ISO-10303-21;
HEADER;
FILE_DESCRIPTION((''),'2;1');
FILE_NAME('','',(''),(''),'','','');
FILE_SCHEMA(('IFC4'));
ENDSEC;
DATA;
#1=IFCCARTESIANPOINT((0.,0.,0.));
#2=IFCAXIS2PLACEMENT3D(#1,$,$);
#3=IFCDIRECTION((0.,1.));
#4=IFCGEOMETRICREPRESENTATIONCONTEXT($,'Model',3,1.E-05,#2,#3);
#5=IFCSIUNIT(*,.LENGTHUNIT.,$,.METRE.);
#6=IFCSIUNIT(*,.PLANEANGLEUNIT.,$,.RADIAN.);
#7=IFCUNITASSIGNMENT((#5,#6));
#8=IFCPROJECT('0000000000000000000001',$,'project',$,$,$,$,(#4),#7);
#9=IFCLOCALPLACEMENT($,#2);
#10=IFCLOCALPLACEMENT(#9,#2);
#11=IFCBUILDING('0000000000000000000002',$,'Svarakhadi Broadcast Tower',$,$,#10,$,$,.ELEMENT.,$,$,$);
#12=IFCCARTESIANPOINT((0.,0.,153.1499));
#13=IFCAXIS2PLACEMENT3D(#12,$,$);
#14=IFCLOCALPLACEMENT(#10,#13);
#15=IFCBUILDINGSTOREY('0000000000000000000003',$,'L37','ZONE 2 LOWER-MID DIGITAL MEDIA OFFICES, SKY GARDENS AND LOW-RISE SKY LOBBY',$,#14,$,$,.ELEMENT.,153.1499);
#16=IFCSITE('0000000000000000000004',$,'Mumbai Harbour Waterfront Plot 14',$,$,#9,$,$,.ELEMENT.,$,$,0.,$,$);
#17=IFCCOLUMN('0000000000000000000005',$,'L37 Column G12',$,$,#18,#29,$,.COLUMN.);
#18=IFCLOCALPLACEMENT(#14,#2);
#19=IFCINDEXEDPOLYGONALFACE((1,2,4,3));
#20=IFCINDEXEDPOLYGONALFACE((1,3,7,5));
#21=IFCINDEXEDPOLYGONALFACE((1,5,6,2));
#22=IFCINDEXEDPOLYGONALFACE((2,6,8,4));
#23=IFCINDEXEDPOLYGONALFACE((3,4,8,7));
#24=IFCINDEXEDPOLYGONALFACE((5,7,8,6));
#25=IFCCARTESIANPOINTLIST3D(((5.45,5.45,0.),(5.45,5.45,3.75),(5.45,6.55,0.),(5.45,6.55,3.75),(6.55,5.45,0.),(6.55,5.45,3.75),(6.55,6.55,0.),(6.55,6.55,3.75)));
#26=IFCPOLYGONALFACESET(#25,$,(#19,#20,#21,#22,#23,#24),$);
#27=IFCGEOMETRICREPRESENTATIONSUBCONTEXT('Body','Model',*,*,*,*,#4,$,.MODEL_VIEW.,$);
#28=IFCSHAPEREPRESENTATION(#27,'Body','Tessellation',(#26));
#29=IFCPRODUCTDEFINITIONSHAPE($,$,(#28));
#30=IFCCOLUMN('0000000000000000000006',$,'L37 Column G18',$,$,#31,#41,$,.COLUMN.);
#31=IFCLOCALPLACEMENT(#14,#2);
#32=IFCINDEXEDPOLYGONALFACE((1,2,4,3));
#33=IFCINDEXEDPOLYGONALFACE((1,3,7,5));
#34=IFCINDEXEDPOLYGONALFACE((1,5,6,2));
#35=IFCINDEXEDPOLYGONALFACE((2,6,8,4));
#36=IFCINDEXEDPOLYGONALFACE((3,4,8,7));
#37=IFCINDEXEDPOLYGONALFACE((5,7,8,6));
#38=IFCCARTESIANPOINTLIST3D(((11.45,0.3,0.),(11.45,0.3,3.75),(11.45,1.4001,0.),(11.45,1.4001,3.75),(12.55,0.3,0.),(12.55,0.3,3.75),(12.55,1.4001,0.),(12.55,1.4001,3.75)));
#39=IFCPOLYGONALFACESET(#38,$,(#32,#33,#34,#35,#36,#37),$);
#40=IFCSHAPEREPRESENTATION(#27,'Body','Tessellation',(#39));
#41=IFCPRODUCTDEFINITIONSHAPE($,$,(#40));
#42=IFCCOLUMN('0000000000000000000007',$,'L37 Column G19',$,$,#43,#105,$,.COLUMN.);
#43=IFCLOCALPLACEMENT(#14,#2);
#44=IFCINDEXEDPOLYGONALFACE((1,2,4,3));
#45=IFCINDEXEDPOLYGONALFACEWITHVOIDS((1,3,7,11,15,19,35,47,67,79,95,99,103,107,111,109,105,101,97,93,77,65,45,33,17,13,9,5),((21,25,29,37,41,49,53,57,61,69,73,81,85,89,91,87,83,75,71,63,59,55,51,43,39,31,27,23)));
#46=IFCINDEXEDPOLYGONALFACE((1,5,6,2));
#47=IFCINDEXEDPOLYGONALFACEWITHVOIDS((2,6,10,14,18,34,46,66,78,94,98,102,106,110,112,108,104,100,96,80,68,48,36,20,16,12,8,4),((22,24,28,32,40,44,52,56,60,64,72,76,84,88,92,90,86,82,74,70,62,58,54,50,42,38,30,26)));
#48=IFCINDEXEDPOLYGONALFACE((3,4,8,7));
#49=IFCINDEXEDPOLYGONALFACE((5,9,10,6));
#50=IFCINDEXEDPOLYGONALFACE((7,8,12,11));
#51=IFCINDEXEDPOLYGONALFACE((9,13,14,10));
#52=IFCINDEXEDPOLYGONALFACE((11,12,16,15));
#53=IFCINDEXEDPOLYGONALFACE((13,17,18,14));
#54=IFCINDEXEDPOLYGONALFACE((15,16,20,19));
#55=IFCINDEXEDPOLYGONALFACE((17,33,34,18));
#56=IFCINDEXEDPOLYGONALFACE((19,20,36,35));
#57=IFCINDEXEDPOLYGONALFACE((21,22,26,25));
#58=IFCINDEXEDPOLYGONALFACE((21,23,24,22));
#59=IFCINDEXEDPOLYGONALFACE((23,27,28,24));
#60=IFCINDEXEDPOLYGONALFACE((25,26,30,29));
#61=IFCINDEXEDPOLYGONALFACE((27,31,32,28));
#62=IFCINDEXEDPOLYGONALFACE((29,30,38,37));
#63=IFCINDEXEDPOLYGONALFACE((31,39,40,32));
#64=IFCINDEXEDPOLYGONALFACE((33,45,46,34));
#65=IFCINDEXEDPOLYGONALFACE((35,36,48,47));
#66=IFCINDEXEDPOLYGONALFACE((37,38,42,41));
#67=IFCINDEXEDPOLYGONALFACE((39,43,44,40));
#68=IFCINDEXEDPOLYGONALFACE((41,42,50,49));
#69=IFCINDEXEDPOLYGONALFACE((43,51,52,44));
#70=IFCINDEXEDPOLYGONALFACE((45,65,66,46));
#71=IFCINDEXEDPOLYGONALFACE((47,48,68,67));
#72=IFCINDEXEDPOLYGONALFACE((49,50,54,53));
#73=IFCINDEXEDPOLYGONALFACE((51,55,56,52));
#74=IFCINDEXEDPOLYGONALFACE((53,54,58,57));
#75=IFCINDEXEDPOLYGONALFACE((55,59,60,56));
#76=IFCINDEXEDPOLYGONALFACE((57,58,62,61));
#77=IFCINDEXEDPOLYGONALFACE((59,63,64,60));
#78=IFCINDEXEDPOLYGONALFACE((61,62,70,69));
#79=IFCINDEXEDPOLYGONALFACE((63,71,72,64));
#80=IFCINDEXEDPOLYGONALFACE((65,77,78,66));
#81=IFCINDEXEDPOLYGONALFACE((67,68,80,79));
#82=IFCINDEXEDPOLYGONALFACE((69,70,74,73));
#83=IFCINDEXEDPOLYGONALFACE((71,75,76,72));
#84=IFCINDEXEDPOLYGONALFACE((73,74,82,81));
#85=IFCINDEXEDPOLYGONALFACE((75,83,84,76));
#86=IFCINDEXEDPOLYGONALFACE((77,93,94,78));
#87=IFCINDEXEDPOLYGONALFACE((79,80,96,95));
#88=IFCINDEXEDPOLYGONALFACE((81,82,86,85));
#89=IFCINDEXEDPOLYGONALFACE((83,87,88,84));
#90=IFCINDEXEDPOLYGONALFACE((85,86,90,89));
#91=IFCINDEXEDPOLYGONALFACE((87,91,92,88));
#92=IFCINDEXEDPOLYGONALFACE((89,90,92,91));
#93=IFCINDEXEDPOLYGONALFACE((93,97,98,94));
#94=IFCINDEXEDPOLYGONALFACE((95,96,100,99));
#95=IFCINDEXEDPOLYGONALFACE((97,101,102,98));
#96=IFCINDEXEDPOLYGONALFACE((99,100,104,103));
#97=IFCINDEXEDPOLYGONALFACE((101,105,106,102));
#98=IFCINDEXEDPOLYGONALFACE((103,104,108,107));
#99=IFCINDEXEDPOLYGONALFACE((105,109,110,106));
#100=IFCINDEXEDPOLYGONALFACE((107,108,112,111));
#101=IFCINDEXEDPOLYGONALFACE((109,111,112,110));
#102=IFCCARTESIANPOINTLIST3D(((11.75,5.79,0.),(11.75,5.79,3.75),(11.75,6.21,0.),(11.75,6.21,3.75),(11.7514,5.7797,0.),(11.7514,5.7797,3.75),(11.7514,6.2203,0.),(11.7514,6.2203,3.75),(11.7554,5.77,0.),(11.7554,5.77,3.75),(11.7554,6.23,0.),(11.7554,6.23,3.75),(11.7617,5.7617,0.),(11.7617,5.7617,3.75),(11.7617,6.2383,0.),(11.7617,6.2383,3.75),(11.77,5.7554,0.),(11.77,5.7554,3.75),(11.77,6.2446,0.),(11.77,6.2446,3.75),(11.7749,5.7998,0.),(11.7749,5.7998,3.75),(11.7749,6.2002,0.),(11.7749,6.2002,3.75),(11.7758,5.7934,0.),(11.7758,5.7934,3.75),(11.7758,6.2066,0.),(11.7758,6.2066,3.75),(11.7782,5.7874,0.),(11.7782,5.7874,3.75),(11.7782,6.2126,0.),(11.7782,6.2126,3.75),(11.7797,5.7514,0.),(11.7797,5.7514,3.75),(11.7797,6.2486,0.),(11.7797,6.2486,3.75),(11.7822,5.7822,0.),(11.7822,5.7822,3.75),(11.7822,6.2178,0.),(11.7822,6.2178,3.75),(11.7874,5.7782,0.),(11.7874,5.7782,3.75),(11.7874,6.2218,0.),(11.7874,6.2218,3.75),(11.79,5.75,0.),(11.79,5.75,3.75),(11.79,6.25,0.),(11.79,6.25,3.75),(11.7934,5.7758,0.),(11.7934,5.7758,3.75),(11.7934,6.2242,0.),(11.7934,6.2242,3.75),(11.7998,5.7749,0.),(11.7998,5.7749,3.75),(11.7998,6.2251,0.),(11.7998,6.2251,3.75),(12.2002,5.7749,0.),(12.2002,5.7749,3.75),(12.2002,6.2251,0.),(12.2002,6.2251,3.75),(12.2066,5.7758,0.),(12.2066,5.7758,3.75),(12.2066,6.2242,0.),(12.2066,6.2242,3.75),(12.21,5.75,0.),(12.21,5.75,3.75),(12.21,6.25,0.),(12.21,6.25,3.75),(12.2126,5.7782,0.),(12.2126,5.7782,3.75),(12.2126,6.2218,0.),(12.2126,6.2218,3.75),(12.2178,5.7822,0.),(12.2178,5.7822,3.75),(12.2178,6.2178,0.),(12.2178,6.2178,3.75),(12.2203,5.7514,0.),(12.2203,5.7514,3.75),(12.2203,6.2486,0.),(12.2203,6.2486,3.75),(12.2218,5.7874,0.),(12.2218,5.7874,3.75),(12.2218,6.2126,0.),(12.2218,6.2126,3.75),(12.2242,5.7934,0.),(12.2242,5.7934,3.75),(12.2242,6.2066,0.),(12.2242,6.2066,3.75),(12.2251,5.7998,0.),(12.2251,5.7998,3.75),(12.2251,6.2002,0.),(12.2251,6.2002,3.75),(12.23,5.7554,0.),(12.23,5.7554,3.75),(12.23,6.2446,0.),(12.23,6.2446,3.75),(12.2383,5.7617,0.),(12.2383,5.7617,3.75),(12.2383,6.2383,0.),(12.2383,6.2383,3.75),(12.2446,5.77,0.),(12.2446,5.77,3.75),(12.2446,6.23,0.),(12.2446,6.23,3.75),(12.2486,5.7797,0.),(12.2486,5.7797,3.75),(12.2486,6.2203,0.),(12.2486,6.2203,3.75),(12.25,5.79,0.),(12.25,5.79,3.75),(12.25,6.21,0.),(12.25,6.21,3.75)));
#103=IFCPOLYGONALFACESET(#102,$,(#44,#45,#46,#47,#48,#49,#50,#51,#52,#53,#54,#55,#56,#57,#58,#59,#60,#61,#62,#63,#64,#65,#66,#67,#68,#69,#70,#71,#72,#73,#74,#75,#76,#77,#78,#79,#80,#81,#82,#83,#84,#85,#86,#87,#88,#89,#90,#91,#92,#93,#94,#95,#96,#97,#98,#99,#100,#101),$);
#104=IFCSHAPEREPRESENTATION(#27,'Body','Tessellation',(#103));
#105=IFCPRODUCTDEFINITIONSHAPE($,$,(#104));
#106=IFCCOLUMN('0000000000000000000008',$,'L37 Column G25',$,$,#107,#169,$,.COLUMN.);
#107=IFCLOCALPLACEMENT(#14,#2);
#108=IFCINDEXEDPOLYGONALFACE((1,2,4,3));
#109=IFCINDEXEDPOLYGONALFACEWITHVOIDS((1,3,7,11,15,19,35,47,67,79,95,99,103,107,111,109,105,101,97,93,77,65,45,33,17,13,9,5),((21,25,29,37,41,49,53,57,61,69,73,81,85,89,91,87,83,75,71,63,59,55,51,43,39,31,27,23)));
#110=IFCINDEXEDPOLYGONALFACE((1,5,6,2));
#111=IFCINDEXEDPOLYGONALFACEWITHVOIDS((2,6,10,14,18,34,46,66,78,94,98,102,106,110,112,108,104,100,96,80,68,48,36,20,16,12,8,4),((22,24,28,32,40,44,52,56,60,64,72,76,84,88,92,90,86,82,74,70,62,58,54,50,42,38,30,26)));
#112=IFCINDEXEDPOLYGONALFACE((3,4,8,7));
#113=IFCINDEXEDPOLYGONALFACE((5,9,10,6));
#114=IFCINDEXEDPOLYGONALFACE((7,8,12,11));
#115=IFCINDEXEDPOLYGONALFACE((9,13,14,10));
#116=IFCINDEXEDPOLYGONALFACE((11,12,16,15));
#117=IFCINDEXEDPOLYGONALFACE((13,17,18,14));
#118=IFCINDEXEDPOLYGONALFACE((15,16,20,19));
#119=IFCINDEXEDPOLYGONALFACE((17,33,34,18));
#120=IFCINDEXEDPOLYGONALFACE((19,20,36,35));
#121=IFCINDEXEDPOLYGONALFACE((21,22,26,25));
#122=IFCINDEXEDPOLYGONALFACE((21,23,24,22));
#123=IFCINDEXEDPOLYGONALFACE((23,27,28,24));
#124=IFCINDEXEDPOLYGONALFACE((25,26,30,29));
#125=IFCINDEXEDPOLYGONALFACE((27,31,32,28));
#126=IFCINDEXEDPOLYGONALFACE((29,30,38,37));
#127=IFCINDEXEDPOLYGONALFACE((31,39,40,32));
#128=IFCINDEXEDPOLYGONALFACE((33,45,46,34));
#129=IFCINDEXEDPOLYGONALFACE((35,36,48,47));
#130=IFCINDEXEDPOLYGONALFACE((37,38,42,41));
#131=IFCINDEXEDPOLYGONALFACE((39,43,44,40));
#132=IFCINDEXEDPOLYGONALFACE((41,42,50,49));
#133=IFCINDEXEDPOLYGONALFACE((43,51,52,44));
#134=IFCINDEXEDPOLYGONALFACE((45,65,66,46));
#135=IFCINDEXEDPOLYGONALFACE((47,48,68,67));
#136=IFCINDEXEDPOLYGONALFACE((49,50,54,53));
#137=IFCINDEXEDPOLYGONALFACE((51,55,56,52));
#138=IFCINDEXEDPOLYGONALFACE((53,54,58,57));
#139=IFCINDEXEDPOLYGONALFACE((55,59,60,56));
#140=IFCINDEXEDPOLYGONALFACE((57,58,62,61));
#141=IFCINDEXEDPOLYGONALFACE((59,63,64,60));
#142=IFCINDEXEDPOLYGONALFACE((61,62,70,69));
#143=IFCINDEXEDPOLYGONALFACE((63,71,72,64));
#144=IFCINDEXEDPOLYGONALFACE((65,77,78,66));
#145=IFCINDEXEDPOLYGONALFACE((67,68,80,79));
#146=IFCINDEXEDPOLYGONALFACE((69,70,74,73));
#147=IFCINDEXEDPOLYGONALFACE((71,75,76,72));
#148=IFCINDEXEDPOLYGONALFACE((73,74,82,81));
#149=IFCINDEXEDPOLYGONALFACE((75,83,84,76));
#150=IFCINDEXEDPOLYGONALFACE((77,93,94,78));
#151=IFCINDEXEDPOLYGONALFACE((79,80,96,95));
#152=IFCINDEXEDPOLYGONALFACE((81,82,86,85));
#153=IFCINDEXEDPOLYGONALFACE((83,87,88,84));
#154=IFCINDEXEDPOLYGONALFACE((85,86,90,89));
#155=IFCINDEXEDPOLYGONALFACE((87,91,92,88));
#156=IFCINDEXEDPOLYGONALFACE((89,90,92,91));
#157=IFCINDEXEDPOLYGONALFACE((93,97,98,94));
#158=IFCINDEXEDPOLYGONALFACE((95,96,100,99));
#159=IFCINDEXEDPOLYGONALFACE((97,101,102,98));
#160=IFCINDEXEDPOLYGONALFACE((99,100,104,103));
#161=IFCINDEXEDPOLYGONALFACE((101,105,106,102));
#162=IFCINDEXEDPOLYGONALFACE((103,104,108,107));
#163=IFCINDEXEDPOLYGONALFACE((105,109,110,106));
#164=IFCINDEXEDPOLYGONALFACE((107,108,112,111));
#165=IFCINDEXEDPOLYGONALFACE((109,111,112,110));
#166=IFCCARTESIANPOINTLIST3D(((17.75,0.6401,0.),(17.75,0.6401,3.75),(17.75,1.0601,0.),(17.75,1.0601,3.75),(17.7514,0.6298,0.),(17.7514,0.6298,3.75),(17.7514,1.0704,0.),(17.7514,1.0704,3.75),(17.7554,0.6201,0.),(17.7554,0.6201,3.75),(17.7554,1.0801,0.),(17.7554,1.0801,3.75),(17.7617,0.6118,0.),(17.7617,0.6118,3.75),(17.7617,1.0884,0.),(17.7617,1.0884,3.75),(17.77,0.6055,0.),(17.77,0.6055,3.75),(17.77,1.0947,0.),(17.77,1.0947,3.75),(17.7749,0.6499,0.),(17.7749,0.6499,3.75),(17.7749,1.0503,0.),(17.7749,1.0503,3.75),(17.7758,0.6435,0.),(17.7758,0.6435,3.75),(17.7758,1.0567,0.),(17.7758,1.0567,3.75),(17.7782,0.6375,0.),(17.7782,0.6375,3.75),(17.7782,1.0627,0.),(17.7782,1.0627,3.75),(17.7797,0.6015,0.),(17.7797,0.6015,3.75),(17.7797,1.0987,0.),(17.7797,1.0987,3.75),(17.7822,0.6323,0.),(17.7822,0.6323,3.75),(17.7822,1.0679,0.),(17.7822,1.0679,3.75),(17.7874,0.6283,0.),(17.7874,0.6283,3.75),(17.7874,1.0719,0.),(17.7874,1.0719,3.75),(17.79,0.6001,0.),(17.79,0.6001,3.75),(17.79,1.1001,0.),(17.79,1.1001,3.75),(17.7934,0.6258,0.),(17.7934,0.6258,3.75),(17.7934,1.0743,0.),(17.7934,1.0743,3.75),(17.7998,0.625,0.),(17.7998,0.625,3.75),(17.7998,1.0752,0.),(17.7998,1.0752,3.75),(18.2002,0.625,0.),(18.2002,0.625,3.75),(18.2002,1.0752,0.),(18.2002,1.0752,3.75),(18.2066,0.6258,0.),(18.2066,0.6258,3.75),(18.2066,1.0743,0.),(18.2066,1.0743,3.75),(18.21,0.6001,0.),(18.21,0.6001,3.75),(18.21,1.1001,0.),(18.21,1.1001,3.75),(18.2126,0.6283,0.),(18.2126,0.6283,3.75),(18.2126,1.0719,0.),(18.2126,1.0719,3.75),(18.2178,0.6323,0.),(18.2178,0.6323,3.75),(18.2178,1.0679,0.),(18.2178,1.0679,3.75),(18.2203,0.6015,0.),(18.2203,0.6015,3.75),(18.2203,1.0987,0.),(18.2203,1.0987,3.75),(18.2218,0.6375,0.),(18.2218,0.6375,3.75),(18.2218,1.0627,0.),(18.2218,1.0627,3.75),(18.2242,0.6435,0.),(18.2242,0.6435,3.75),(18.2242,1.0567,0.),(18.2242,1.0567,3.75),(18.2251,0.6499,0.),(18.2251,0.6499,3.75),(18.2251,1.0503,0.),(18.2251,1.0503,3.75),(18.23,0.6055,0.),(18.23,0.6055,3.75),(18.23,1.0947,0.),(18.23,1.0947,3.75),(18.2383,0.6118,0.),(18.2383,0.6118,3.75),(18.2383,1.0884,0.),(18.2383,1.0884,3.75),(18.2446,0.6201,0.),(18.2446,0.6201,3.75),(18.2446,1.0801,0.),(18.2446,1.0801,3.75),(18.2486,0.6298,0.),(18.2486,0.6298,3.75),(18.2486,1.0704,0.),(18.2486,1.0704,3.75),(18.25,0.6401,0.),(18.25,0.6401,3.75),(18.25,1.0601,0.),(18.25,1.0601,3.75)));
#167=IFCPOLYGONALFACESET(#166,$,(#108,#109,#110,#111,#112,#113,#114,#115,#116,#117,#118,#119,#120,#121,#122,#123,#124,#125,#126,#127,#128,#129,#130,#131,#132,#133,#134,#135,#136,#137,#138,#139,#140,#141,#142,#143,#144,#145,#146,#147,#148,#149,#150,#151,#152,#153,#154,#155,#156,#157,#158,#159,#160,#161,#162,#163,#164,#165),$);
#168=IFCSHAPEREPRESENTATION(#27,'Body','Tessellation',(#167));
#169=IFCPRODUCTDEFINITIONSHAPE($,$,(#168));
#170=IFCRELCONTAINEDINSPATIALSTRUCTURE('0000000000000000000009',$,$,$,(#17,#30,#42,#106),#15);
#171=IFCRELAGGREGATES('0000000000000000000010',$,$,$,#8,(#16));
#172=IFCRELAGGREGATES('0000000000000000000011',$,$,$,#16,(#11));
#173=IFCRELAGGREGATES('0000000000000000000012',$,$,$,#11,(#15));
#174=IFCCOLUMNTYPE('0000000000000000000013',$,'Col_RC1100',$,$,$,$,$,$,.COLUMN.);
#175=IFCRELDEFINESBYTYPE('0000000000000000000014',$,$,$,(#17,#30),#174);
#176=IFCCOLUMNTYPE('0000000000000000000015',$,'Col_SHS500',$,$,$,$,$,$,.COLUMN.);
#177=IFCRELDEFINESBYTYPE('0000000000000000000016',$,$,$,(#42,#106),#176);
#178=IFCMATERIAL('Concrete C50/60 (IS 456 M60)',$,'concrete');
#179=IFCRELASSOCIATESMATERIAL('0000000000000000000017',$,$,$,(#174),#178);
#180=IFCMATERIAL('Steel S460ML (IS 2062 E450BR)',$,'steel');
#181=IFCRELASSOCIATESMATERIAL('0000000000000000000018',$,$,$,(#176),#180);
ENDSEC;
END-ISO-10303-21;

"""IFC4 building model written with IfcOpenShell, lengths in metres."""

from ifc_helpers import new_model, si_unit, direction, frame, origin, origin_2d, place, context, subcontext, project, spatial, rectangle, hollow_rectangle, extrude, material, material_profile, profile_set, type_object, element, save


model = new_model("IFC4")

# Units and contexts
model_context = context("Model", 3, precision=1e-05, world=origin(), true_north=direction((0.0, 1.0)))
body_context = subcontext(model_context, "Body", "Model", "MODEL_VIEW")
ifc_project = project(units=[si_unit("LENGTHUNIT", "METRE"), si_unit("PLANEANGLEUNIT", "RADIAN")], contexts=[model_context])

# Site, building, storey
site_placement = place(None, origin())
site = spatial("IfcSite", under=ifc_project, at=site_placement, Name="Mumbai Harbour Waterfront Plot 14", CompositionType="ELEMENT", RefElevation=0.0)
building_placement = place(site_placement, origin())
building = spatial("IfcBuilding", under=site, at=building_placement, Name="Svarakhadi Broadcast Tower", CompositionType="ELEMENT")
storey_placement = place(building_placement, frame((0.0, 0.0, 153.1499)))
storey = spatial("IfcBuildingStorey", under=building, at=storey_placement, Name="L37", Description="ZONE 2 LOWER-MID DIGITAL MEDIA OFFICES, SKY GARDENS AND LOW-RISE SKY LOBBY", CompositionType="ELEMENT", Elevation=153.1499)

# Columns
ifc_material_1 = material(Name="Concrete C50/60 (IS 456 M60)", Category="concrete")
ifc_material_profile_1 = material_profile(ifc_material_1, rectangle(XDim=1.1001, YDim=1.1001, at=origin_2d()), Name="RC 1100x1100")
ifc_profile_set_1 = profile_set([ifc_material_profile_1], Name="Concrete C50/60 (IS 456 M60)")
column_type_1 = type_object("IfcColumnType", Name="Col_RC1100", PredefinedType="COLUMN", material=ifc_profile_set_1)
for number, where, z_axis, x_axis, name in (
    (1, (6.0, 6.0, 0.0), (0.0, 0.0, 1.0), (1.0, 0.0, 0.0), "L37 Column G12"),
    (2, (12.0, 0.8501, 0.0), (0.0, 0.0, 1.0), (1.0, 0.0, 0.0), "L37 Column G18"),
):
    element("IfcColumn", number, at=place(storey_placement, frame(where, z_axis=z_axis, x_axis=x_axis)), inside=storey, type_object=column_type_1, Name=name, PredefinedType="COLUMN", context=body_context, shape_type="SweptSolid", body=[
        extrude(rectangle(XDim=1.1001, YDim=1.1001, at=origin_2d()), origin(), (0.0, 0.0, 1.0), 3.75),
    ])
ifc_material_2 = material(Name="Steel S460ML (IS 2062 E450BR)", Category="steel")
ifc_material_profile_2 = material_profile(ifc_material_2, hollow_rectangle(XDim=0.5, YDim=0.5, WallThickness=0.0249, InnerFilletRadius=0.0249, OuterFilletRadius=0.04, at=origin_2d()), Name="SHS 500x500x25")
ifc_profile_set_2 = profile_set([ifc_material_profile_2], Name="Steel S460ML (IS 2062 E450BR)")
column_type_2 = type_object("IfcColumnType", Name="Col_SHS500", PredefinedType="COLUMN", material=ifc_profile_set_2)
for number, where, z_axis, x_axis, name in (
    (3, (12.0, 6.0, 0.0), (0.0, 0.0, 1.0), (1.0, 0.0, 0.0), "L37 Column G19"),
    (4, (18.0, 0.8501, 0.0), (0.0, 0.0, 1.0), (1.0, 0.0, 0.0), "L37 Column G25"),
):
    element("IfcColumn", number, at=place(storey_placement, frame(where, z_axis=z_axis, x_axis=x_axis)), inside=storey, type_object=column_type_2, Name=name, PredefinedType="COLUMN", context=body_context, shape_type="SweptSolid", body=[
        extrude(hollow_rectangle(XDim=0.5, YDim=0.5, WallThickness=0.0249, InnerFilletRadius=0.0249, OuterFilletRadius=0.04, at=origin_2d()), origin(), (0.0, 0.0, 1.0), 3.75),
    ])

save(model, "model.ifc")
